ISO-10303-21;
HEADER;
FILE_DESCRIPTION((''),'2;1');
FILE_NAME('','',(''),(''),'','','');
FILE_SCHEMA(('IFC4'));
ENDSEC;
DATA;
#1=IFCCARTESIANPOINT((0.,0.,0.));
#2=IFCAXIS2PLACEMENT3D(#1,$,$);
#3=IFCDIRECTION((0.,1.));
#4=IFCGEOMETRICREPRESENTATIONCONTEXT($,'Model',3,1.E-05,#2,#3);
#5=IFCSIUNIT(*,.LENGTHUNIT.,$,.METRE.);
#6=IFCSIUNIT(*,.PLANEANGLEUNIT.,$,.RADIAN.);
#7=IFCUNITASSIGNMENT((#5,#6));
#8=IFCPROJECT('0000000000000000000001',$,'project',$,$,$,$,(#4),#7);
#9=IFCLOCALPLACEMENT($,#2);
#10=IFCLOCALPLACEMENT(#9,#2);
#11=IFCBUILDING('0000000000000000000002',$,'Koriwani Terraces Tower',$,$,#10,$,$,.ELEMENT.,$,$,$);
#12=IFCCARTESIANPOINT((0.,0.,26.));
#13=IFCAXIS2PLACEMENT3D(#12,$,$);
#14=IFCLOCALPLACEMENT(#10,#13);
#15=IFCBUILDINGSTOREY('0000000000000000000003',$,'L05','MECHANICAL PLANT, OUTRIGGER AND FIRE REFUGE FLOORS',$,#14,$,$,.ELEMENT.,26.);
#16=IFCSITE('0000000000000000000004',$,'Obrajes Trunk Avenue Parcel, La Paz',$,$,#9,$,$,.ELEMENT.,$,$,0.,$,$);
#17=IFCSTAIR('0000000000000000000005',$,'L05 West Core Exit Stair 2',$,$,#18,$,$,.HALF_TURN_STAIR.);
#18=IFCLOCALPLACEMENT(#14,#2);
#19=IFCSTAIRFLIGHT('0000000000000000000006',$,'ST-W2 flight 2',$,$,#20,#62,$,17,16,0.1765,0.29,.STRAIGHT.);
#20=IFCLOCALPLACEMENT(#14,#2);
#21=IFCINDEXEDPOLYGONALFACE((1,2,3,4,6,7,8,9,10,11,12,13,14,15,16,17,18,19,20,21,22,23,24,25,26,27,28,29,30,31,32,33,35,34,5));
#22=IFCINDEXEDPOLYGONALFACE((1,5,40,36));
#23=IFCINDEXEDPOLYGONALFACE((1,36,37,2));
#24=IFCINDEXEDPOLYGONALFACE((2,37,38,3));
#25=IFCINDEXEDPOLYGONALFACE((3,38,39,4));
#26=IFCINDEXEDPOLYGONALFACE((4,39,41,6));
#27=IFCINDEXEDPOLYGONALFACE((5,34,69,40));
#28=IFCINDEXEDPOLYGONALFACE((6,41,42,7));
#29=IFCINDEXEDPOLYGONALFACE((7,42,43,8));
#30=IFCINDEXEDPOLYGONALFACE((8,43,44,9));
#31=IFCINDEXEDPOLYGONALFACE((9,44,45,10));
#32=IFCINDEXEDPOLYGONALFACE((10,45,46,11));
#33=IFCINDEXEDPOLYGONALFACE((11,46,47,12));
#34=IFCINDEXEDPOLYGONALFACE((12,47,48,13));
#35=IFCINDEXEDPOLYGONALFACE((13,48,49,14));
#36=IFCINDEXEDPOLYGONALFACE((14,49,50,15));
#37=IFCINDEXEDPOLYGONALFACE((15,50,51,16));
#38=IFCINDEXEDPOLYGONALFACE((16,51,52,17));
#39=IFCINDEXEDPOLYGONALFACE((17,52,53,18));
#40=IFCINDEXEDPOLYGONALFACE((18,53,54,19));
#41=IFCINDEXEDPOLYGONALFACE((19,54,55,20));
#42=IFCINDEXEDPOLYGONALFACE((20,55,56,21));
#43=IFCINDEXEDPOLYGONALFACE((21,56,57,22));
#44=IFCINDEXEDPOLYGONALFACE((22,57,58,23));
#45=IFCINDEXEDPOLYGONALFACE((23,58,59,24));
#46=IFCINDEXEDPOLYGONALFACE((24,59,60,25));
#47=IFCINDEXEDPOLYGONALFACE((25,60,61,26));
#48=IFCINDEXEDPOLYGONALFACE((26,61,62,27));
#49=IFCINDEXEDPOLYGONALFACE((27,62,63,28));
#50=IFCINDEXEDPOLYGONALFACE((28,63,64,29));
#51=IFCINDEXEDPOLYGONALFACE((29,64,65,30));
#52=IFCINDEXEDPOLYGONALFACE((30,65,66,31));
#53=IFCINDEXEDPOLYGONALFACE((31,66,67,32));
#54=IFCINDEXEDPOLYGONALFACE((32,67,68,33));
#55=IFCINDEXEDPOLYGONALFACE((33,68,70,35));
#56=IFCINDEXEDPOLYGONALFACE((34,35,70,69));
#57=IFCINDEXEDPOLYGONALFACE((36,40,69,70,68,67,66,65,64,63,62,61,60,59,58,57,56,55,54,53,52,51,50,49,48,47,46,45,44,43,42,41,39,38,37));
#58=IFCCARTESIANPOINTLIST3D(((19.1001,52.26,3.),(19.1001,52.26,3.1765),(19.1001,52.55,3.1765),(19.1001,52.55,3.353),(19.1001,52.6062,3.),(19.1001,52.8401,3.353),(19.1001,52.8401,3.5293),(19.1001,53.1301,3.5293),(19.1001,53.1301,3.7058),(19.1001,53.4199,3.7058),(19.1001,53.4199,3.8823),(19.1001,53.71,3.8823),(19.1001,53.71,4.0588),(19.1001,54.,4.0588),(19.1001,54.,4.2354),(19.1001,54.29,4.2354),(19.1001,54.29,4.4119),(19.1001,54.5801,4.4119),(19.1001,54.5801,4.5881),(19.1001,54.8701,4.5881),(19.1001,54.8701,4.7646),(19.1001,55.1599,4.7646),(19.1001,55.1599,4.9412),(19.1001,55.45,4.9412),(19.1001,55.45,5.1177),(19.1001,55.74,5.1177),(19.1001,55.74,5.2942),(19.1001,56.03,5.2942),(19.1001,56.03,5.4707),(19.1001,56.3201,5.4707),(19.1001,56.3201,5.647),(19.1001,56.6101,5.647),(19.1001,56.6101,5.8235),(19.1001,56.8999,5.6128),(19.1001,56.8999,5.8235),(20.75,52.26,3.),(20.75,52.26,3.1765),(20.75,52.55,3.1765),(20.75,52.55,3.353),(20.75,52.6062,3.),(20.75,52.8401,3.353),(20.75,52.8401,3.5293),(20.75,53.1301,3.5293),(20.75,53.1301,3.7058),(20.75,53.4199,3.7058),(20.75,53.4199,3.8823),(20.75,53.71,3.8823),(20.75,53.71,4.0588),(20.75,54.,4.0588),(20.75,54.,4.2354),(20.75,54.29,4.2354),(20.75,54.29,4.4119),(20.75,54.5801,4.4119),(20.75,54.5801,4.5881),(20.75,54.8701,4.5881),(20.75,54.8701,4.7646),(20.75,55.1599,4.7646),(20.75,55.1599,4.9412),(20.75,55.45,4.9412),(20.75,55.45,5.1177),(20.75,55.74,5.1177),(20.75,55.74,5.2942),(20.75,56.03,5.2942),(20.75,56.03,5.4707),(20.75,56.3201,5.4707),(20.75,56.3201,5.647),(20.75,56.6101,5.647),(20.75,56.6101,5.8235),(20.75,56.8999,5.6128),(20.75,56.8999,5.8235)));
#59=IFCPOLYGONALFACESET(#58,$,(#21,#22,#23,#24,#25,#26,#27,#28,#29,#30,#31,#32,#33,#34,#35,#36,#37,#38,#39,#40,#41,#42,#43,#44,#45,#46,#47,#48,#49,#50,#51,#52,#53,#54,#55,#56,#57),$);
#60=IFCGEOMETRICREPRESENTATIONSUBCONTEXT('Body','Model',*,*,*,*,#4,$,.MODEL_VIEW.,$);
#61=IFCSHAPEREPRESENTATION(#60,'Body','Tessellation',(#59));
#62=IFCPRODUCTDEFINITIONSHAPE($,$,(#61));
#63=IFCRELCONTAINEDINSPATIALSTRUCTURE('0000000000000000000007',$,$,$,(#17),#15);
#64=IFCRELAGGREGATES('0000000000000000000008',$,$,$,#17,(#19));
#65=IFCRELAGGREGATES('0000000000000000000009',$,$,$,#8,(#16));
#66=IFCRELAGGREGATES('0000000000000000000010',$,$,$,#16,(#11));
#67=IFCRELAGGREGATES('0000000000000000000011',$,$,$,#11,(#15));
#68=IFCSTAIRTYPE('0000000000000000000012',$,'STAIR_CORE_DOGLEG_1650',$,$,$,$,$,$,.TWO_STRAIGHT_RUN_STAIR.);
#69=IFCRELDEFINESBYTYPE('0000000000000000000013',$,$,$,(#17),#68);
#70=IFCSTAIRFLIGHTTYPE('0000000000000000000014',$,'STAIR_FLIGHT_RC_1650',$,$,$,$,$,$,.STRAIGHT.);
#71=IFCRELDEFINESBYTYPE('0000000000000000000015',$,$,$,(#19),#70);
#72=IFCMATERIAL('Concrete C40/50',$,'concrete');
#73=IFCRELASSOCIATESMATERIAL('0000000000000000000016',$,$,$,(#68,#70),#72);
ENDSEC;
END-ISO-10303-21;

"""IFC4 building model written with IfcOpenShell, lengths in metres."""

from ifc_helpers import new_model, si_unit, direction, frame, origin, place, context, subcontext, project, spatial, polyline, outline, extrude, material, type_object, element, aggregate, save


model = new_model("IFC4")

# Units and contexts
model_context = context("Model", 3, precision=1e-05, world=origin(), true_north=direction((0.0, 1.0)))
body_context = subcontext(model_context, "Body", "Model", "MODEL_VIEW")
ifc_project = project(units=[si_unit("LENGTHUNIT", "METRE"), si_unit("PLANEANGLEUNIT", "RADIAN")], contexts=[model_context])

# Site, building, storey
site_placement = place(None, origin())
site = spatial("IfcSite", under=ifc_project, at=site_placement, Name="Obrajes Trunk Avenue Parcel, La Paz", CompositionType="ELEMENT", RefElevation=0.0)
building_placement = place(site_placement, origin())
building = spatial("IfcBuilding", under=site, at=building_placement, Name="Koriwani Terraces Tower", CompositionType="ELEMENT")
storey_placement = place(building_placement, frame((0.0, 0.0, 26.0)))
storey = spatial("IfcBuildingStorey", under=building, at=storey_placement, Name="L05", Description="MECHANICAL PLANT, OUTRIGGER AND FIRE REFUGE FLOORS", CompositionType="ELEMENT", Elevation=26.0)

# Shared definitions
ifc_material_1 = material(Name="Concrete C40/50", Category="concrete")

# Stair, stair flight
stair_type = type_object("IfcStairType", Name="STAIR_CORE_DOGLEG_1650", PredefinedType="TWO_STRAIGHT_RUN_STAIR", material=ifc_material_1)
stair_placement = place(storey_placement, origin())
stair = element("IfcStair", 1, at=stair_placement, inside=storey, type_object=stair_type, Name="L05 West Core Exit Stair 2", PredefinedType="HALF_TURN_STAIR")
stair_flight_type = type_object("IfcStairFlightType", Name="STAIR_FLIGHT_RC_1650", PredefinedType="STRAIGHT", material=ifc_material_1)
stair_flight_placement = place(storey_placement, frame((19.925, 52.26, 3.0), z_axis=(0.0, 0.0, 1.0), x_axis=(0.0, 1.0, 0.0)))
stair_flight = element("IfcStairFlight", 2, at=stair_flight_placement, type_object=stair_flight_type, Name="ST-W2 flight 2", NumberOfRisers=17, NumberOfTreads=16, PredefinedType="STRAIGHT", RiserHeight=0.1765, TreadLength=0.29, context=body_context, shape_type="SweptSolid", body=[
    extrude(outline(polyline([(0.0, 0.0), (0.0, 0.1765), (0.29, 0.1765), (0.29, 0.353), (0.5801, 0.353), (0.5801, 0.5293), (0.8701, 0.5293), (0.8701, 0.7058), (1.1599, 0.7058), (1.1599, 0.8823), (1.45, 0.8823), (1.45, 1.0588), (1.74, 1.0588), (1.74, 1.2354), (2.03, 1.2354), (2.03, 1.4119), (2.3201, 1.4119), (2.3201, 1.5881), (2.6101, 1.5881), (2.6101, 1.7646), (2.8999, 1.7646), (2.8999, 1.9412), (3.1899, 1.9412), (3.1899, 2.1177), (3.48, 2.1177), (3.48, 2.2942), (3.77, 2.2942), (3.77, 2.4707), (4.0601, 2.4707), (4.0601, 2.647), (4.3501, 2.647), (4.3501, 2.8235), (4.6399, 2.8235), (4.6399, 3.0), (4.6399, 2.6128), (0.3462, 0.0), (0.0, 0.0)])), frame((0.0, 0.825, 0.0), z_axis=(0.0, -1.0, 0.0), x_axis=(1.0, 0.0, 0.0)), (0.0, 0.0, 1.0), 1.6499),
])
aggregate(stair, [stair_flight])

save(model, "model.ifc")
